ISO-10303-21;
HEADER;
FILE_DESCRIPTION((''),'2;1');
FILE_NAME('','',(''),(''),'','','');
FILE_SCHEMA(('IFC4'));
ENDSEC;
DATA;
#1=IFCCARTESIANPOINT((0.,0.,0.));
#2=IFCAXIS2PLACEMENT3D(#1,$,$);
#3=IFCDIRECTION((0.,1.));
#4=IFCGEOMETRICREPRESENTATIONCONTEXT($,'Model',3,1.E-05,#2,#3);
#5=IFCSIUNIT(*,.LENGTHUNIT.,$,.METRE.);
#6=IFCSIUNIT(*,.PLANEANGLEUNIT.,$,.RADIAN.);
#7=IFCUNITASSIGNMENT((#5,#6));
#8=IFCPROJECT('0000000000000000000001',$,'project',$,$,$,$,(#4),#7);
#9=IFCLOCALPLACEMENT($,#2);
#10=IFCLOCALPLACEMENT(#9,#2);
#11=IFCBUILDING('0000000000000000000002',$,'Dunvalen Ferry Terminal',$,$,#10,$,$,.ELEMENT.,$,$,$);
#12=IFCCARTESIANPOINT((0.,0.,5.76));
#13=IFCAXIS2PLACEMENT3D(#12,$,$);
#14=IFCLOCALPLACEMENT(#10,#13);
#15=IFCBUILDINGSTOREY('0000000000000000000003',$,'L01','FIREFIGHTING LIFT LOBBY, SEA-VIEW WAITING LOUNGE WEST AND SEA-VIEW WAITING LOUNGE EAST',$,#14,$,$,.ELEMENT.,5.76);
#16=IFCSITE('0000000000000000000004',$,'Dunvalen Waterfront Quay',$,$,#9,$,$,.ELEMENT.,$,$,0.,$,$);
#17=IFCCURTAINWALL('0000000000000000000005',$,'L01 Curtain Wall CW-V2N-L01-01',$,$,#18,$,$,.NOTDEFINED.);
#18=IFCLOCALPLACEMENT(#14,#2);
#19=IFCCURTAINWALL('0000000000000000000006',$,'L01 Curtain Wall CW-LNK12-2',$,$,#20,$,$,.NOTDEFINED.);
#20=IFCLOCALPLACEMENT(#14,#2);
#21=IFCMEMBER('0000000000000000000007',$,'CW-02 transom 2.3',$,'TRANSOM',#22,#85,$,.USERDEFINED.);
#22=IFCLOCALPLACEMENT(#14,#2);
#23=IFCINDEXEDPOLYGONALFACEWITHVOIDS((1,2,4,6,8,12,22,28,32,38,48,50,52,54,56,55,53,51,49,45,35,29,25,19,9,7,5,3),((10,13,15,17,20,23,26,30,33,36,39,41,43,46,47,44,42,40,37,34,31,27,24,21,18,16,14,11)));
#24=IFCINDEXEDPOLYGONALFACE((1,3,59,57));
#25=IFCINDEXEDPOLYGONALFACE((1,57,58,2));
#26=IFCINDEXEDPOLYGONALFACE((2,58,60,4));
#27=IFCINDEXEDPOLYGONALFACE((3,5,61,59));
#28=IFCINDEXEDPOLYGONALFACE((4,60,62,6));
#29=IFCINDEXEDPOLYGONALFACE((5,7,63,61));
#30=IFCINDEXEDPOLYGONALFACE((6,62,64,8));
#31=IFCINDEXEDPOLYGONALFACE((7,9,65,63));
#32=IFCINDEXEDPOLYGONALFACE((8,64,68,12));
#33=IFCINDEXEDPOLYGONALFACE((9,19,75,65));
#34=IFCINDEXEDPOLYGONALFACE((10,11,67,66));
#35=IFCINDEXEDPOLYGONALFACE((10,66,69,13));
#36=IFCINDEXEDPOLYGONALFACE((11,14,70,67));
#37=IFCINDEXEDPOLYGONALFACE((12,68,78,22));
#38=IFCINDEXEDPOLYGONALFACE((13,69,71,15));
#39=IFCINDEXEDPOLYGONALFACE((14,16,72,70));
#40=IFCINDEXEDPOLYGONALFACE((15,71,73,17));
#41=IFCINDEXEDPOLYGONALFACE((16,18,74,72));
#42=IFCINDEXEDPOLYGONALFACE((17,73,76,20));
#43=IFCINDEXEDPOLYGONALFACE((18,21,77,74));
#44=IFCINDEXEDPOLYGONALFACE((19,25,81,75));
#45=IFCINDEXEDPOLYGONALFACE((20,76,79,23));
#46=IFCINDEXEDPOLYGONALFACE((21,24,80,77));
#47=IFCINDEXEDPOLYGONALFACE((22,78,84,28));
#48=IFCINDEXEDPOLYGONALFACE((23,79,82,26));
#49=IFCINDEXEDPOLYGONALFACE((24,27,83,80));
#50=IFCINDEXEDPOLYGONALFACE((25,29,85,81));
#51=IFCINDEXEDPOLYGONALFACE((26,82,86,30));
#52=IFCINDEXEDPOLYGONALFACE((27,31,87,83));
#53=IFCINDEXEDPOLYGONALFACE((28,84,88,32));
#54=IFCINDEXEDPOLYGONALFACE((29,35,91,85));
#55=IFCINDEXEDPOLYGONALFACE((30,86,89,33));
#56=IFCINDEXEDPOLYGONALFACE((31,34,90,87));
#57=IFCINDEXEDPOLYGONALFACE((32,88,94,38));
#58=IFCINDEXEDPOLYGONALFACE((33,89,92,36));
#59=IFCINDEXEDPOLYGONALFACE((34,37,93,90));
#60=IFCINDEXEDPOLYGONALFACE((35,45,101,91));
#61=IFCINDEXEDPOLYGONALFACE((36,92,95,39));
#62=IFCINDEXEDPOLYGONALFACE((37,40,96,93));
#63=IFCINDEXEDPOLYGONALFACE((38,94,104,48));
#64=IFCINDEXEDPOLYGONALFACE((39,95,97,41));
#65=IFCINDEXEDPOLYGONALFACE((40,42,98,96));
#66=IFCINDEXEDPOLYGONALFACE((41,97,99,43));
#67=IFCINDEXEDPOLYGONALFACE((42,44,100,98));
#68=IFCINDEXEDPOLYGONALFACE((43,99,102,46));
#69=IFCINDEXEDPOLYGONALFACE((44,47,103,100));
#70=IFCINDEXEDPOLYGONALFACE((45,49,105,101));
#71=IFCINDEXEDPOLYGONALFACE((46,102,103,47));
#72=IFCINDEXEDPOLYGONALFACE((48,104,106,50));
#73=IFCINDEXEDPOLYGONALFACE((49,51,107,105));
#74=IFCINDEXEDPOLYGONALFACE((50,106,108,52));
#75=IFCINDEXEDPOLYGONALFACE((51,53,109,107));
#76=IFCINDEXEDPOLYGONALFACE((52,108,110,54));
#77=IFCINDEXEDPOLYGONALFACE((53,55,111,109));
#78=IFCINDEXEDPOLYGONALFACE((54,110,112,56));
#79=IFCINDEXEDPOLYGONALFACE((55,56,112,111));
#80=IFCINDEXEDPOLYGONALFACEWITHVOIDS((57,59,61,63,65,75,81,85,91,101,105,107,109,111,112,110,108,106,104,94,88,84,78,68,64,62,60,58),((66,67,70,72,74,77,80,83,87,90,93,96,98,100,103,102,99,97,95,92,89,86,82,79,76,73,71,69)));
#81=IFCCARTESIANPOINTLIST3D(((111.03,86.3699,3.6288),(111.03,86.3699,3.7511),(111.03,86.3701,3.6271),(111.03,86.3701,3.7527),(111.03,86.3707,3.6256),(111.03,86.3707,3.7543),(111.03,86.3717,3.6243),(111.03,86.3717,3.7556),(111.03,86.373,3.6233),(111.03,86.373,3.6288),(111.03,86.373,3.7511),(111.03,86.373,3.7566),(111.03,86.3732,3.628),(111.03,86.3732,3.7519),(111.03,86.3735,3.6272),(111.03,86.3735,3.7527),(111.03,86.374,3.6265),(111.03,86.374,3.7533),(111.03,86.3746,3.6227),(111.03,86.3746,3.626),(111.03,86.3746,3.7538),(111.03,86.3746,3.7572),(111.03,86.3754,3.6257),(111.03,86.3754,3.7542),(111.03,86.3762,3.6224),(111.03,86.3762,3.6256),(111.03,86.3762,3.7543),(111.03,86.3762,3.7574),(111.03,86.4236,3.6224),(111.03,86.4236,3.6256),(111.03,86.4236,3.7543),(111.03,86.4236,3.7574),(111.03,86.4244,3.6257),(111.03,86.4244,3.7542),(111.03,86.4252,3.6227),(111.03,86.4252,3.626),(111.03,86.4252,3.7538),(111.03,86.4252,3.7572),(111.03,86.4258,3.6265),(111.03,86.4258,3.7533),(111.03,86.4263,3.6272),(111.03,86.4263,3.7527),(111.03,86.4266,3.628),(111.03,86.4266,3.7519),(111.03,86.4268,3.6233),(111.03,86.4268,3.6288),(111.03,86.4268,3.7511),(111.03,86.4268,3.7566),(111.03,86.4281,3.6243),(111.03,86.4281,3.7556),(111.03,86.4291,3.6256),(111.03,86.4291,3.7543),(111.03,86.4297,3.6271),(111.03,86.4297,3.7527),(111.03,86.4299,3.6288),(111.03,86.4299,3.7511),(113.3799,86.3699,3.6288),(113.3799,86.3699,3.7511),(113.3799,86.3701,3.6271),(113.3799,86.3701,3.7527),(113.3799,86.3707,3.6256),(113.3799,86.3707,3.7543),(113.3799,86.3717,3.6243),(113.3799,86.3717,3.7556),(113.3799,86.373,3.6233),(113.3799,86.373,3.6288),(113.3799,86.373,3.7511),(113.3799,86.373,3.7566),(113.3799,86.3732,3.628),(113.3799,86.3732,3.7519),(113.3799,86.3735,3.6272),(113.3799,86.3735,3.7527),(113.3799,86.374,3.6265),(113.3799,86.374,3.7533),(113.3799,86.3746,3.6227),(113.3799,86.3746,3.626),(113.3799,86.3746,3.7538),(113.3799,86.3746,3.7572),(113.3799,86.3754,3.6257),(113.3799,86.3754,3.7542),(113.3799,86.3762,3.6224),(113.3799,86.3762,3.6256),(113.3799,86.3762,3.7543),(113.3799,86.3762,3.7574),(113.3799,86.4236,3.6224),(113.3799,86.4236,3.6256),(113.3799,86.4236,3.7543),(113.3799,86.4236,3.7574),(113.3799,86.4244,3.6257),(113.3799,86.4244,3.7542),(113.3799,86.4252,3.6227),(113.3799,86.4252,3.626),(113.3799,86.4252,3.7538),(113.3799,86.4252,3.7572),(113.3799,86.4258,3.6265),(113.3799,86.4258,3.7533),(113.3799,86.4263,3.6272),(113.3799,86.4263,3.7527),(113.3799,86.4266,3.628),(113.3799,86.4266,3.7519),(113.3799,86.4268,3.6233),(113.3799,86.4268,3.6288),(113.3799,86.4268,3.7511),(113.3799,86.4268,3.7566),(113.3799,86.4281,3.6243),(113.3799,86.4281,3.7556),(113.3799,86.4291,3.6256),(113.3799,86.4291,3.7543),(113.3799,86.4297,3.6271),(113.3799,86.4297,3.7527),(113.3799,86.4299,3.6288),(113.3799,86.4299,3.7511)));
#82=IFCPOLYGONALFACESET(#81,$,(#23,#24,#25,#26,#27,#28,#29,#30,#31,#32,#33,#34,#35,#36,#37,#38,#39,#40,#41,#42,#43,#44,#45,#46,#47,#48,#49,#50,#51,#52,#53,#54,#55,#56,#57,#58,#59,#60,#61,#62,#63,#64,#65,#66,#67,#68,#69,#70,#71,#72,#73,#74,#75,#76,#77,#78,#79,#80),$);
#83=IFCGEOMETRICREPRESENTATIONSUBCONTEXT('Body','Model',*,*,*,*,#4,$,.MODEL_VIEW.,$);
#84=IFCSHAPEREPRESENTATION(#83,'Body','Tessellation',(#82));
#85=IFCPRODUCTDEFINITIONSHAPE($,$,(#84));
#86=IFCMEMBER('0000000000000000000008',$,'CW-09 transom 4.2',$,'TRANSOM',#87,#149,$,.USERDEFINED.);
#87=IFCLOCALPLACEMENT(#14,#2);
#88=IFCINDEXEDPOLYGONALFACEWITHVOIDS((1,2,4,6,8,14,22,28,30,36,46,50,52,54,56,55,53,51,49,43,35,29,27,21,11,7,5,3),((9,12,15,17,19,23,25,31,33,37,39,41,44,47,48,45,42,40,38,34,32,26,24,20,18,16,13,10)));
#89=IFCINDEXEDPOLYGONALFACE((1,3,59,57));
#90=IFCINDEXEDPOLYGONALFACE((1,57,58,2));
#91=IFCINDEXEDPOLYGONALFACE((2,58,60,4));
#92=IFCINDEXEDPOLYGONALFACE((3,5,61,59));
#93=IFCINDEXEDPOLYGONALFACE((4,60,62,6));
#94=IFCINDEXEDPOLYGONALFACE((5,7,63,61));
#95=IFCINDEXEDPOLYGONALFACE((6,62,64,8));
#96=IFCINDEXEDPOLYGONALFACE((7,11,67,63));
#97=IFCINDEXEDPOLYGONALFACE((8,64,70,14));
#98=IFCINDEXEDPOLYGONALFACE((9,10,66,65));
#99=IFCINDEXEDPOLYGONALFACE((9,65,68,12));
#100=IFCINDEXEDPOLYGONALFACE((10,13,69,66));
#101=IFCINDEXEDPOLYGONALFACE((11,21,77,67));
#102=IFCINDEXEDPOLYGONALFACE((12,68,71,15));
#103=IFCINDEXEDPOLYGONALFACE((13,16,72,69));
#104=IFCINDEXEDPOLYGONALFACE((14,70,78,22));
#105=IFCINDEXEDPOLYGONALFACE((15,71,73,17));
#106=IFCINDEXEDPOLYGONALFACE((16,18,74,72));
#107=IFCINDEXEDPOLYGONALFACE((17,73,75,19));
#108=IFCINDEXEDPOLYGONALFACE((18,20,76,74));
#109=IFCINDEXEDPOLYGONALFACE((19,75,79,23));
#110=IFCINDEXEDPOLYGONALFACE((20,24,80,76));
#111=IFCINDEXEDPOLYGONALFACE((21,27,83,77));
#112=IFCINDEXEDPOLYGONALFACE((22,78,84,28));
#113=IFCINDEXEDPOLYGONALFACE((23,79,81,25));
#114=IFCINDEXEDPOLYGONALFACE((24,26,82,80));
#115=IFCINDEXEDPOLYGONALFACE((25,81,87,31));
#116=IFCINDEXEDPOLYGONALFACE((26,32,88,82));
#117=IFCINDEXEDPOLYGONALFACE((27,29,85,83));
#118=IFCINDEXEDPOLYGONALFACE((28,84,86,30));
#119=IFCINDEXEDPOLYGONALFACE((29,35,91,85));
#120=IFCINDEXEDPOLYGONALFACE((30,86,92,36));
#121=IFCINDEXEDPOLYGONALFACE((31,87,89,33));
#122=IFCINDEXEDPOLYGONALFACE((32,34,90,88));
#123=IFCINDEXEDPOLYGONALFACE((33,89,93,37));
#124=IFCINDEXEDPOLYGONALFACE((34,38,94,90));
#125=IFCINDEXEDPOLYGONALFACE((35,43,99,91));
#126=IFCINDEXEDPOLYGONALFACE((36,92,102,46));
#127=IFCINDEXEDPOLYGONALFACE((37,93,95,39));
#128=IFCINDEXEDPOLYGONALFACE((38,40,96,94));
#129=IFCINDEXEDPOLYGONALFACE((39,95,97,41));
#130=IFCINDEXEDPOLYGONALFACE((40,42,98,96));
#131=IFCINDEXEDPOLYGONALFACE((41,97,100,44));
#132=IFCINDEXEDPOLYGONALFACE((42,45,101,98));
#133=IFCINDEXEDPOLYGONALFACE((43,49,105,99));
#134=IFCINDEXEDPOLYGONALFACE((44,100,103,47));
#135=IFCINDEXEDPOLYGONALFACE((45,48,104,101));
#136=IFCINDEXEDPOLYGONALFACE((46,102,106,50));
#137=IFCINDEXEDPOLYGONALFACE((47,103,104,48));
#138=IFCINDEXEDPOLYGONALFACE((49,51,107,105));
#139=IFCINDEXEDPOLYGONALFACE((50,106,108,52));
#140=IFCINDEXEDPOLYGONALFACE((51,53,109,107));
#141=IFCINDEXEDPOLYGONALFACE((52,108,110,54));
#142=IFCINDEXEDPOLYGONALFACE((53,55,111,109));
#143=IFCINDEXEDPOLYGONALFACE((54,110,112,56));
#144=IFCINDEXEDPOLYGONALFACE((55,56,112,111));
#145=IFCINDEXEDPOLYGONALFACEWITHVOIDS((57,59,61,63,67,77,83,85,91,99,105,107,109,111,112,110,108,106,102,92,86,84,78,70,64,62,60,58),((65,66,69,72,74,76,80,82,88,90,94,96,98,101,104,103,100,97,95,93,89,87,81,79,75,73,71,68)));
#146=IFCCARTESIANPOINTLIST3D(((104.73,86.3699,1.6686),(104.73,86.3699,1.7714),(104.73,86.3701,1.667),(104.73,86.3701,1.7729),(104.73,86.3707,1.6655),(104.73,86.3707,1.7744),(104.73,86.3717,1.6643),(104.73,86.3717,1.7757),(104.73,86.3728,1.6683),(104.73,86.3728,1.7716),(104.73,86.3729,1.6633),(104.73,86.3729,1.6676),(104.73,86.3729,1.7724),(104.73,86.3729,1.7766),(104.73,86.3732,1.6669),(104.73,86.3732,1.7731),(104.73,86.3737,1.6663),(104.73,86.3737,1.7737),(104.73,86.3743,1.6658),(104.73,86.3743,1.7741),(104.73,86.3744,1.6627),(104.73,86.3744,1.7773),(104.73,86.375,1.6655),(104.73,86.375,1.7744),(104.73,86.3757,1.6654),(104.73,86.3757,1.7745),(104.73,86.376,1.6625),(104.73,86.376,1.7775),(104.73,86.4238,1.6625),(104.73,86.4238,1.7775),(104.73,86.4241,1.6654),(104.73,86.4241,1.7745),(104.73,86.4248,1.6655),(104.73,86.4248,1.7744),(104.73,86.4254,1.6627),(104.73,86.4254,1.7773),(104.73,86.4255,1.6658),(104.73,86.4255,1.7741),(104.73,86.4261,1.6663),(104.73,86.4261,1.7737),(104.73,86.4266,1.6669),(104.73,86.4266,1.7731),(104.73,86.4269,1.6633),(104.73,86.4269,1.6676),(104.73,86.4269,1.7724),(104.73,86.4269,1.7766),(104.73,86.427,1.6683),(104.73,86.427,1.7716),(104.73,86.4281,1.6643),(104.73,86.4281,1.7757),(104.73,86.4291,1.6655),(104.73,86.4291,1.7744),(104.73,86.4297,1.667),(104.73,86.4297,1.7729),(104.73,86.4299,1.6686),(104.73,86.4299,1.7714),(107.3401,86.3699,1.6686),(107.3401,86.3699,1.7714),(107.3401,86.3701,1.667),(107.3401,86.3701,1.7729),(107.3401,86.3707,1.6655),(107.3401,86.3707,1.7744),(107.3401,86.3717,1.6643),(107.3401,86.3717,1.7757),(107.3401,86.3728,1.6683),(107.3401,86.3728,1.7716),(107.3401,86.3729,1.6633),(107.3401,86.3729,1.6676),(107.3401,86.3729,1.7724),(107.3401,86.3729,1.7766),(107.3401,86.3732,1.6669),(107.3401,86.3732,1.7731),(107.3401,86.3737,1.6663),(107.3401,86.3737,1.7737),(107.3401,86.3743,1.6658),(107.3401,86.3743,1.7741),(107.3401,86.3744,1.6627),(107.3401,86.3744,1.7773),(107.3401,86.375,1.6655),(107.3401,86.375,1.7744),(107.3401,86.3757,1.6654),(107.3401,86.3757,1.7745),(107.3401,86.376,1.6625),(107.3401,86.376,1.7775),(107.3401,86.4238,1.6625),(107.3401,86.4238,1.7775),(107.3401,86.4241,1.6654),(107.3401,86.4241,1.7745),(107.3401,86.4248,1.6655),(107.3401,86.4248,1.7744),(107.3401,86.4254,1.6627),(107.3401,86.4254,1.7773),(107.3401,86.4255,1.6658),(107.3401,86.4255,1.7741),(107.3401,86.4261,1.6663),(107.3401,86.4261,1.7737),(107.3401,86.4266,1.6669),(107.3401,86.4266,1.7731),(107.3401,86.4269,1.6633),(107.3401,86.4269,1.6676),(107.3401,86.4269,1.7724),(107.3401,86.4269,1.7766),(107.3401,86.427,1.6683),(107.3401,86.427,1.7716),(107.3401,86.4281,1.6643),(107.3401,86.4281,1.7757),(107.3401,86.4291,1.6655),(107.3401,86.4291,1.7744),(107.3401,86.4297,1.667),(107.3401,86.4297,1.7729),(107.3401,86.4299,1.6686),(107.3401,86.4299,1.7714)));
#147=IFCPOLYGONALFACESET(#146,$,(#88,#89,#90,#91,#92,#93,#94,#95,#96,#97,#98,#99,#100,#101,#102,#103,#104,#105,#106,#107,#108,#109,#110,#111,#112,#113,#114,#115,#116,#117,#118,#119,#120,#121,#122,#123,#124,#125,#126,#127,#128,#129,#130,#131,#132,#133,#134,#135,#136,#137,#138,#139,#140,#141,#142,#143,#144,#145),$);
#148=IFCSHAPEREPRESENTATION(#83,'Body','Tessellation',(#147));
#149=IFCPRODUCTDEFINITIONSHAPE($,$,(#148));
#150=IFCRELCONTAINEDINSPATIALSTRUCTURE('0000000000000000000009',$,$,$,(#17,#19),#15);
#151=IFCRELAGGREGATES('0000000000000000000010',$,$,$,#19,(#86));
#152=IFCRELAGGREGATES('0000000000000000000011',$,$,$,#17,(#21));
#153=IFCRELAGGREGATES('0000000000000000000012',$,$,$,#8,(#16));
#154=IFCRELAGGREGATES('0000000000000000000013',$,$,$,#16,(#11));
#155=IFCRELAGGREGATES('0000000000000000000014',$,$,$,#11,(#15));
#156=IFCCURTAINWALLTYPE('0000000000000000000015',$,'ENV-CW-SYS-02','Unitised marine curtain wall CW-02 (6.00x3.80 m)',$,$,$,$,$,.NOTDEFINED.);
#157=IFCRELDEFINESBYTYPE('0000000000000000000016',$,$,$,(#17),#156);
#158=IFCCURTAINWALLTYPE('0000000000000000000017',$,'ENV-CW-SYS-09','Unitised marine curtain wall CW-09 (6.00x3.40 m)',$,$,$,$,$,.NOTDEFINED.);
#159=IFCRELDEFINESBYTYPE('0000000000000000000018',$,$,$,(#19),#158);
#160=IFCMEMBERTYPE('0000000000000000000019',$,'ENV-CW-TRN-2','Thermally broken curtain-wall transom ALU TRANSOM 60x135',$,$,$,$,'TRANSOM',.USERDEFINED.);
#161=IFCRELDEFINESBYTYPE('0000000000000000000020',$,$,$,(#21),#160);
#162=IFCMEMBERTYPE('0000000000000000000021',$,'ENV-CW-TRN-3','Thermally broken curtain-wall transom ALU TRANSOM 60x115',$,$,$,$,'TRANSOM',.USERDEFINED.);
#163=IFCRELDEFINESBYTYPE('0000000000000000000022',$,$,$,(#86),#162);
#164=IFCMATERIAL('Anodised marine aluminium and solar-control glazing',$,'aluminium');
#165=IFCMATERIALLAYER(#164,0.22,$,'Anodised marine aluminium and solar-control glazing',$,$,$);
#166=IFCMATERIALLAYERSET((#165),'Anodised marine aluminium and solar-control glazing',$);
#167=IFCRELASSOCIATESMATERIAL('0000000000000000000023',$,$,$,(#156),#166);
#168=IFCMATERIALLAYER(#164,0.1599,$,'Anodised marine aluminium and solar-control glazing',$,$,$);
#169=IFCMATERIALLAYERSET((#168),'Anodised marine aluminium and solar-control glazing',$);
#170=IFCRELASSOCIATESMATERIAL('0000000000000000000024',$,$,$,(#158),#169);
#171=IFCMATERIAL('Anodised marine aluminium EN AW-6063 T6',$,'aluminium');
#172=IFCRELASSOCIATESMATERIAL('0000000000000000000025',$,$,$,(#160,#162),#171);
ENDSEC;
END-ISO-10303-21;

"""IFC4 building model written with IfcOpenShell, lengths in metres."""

from ifc_helpers import new_model, si_unit, direction, frame, origin, origin_2d, place, context, subcontext, project, spatial, hollow_rectangle, extrude, material, layer, layer_set, material_profile, profile_set, type_object, element, aggregate, save


model = new_model("IFC4")

# Units and contexts
model_context = context("Model", 3, precision=1e-05, world=origin(), true_north=direction((0.0, 1.0)))
body_context = subcontext(model_context, "Body", "Model", "MODEL_VIEW")
ifc_project = project(units=[si_unit("LENGTHUNIT", "METRE"), si_unit("PLANEANGLEUNIT", "RADIAN")], contexts=[model_context])

# Site, building, storey
site_placement = place(None, origin())
site = spatial("IfcSite", under=ifc_project, at=site_placement, Name="Dunvalen Waterfront Quay", CompositionType="ELEMENT", RefElevation=0.0)
building_placement = place(site_placement, origin())
building = spatial("IfcBuilding", under=site, at=building_placement, Name="Dunvalen Ferry Terminal", CompositionType="ELEMENT")
storey_placement = place(building_placement, frame((0.0, 0.0, 5.76)))
storey = spatial("IfcBuildingStorey", under=building, at=storey_placement, Name="L01", Description="FIREFIGHTING LIFT LOBBY, SEA-VIEW WAITING LOUNGE WEST AND SEA-VIEW WAITING LOUNGE EAST", CompositionType="ELEMENT", Elevation=5.76)

# Curtain wall
ifc_material_1 = material(Name="Anodised marine aluminium and solar-control glazing", Category="aluminium")
ifc_layer_1 = layer(ifc_material_1, 0.22, Name="Anodised marine aluminium and solar-control glazing")
ifc_layer_set_1 = layer_set([ifc_layer_1], Name="Anodised marine aluminium and solar-control glazing")
curtain_wall_type_1 = type_object("IfcCurtainWallType", Name="ENV-CW-SYS-02", Description="Unitised marine curtain wall CW-02 (6.00x3.80 m)", PredefinedType="NOTDEFINED", material=ifc_layer_set_1)
curtain_wall_1_placement = place(storey_placement, origin())
curtain_wall_1 = element("IfcCurtainWall", 1, at=curtain_wall_1_placement, inside=storey, type_object=curtain_wall_type_1, Name="L01 Curtain Wall CW-V2N-L01-01", PredefinedType="NOTDEFINED")
ifc_material_2 = material(Name="Anodised marine aluminium EN AW-6063 T6", Category="aluminium")

# Curtain wall
ifc_layer_2 = layer(ifc_material_1, 0.1599, Name="Anodised marine aluminium and solar-control glazing")
ifc_layer_set_2 = layer_set([ifc_layer_2], Name="Anodised marine aluminium and solar-control glazing")
curtain_wall_type_2 = type_object("IfcCurtainWallType", Name="ENV-CW-SYS-09", Description="Unitised marine curtain wall CW-09 (6.00x3.40 m)", PredefinedType="NOTDEFINED", material=ifc_layer_set_2)
curtain_wall_2_placement = place(storey_placement, origin())
curtain_wall_2 = element("IfcCurtainWall", 2, at=curtain_wall_2_placement, inside=storey, type_object=curtain_wall_type_2, Name="L01 Curtain Wall CW-LNK12-2", PredefinedType="NOTDEFINED")

# Members
ifc_material_profile_1 = material_profile(ifc_material_2, hollow_rectangle(XDim=0.0601, YDim=0.135, WallThickness=0.0032, InnerFilletRadius=0.0032, OuterFilletRadius=0.0063, at=origin_2d()), Name="Anodised marine aluminium EN AW-6063 T6")
ifc_profile_set_1 = profile_set([ifc_material_profile_1], Name="Anodised marine aluminium EN AW-6063 T6")
member_type_1 = type_object("IfcMemberType", Name="ENV-CW-TRN-2", Description="Thermally broken curtain-wall transom ALU TRANSOM 60x135", ElementType="TRANSOM", PredefinedType="USERDEFINED", material=ifc_profile_set_1)
member_1_placement = place(storey_placement, frame((111.03, 86.3999, 3.6899), z_axis=(1.0, 0.0, 0.0), x_axis=(0.0, 1.0, 0.0)))
member_1 = element("IfcMember", 3, at=member_1_placement, type_object=member_type_1, Name="CW-02 transom 2.3", ObjectType="TRANSOM", PredefinedType="USERDEFINED", context=body_context, shape_type="SweptSolid", body=[
    extrude(hollow_rectangle(XDim=0.0601, YDim=0.135, WallThickness=0.0032, InnerFilletRadius=0.0032, OuterFilletRadius=0.0063, at=origin_2d()), origin(), (0.0, 0.0, 1.0), 2.3499),
])
ifc_material_profile_2 = material_profile(ifc_material_2, hollow_rectangle(XDim=0.0601, YDim=0.115, WallThickness=0.0029, InnerFilletRadius=0.0029, OuterFilletRadius=0.0061, at=origin_2d()), Name="Anodised marine aluminium EN AW-6063 T6")
ifc_profile_set_2 = profile_set([ifc_material_profile_2], Name="Anodised marine aluminium EN AW-6063 T6")
member_type_2 = type_object("IfcMemberType", Name="ENV-CW-TRN-3", Description="Thermally broken curtain-wall transom ALU TRANSOM 60x115", ElementType="TRANSOM", PredefinedType="USERDEFINED", material=ifc_profile_set_2)
member_2_placement = place(storey_placement, frame((104.73, 86.3999, 1.72), z_axis=(1.0, 0.0, 0.0), x_axis=(0.0, 1.0, 0.0)))
member_2 = element("IfcMember", 4, at=member_2_placement, type_object=member_type_2, Name="CW-09 transom 4.2", ObjectType="TRANSOM", PredefinedType="USERDEFINED", context=body_context, shape_type="SweptSolid", body=[
    extrude(hollow_rectangle(XDim=0.0601, YDim=0.115, WallThickness=0.0029, InnerFilletRadius=0.0029, OuterFilletRadius=0.0061, at=origin_2d()), origin(), (0.0, 0.0, 1.0), 2.6101),
])

aggregate(curtain_wall_2, [member_2])
aggregate(curtain_wall_1, [member_1])

save(model, "model.ifc")
